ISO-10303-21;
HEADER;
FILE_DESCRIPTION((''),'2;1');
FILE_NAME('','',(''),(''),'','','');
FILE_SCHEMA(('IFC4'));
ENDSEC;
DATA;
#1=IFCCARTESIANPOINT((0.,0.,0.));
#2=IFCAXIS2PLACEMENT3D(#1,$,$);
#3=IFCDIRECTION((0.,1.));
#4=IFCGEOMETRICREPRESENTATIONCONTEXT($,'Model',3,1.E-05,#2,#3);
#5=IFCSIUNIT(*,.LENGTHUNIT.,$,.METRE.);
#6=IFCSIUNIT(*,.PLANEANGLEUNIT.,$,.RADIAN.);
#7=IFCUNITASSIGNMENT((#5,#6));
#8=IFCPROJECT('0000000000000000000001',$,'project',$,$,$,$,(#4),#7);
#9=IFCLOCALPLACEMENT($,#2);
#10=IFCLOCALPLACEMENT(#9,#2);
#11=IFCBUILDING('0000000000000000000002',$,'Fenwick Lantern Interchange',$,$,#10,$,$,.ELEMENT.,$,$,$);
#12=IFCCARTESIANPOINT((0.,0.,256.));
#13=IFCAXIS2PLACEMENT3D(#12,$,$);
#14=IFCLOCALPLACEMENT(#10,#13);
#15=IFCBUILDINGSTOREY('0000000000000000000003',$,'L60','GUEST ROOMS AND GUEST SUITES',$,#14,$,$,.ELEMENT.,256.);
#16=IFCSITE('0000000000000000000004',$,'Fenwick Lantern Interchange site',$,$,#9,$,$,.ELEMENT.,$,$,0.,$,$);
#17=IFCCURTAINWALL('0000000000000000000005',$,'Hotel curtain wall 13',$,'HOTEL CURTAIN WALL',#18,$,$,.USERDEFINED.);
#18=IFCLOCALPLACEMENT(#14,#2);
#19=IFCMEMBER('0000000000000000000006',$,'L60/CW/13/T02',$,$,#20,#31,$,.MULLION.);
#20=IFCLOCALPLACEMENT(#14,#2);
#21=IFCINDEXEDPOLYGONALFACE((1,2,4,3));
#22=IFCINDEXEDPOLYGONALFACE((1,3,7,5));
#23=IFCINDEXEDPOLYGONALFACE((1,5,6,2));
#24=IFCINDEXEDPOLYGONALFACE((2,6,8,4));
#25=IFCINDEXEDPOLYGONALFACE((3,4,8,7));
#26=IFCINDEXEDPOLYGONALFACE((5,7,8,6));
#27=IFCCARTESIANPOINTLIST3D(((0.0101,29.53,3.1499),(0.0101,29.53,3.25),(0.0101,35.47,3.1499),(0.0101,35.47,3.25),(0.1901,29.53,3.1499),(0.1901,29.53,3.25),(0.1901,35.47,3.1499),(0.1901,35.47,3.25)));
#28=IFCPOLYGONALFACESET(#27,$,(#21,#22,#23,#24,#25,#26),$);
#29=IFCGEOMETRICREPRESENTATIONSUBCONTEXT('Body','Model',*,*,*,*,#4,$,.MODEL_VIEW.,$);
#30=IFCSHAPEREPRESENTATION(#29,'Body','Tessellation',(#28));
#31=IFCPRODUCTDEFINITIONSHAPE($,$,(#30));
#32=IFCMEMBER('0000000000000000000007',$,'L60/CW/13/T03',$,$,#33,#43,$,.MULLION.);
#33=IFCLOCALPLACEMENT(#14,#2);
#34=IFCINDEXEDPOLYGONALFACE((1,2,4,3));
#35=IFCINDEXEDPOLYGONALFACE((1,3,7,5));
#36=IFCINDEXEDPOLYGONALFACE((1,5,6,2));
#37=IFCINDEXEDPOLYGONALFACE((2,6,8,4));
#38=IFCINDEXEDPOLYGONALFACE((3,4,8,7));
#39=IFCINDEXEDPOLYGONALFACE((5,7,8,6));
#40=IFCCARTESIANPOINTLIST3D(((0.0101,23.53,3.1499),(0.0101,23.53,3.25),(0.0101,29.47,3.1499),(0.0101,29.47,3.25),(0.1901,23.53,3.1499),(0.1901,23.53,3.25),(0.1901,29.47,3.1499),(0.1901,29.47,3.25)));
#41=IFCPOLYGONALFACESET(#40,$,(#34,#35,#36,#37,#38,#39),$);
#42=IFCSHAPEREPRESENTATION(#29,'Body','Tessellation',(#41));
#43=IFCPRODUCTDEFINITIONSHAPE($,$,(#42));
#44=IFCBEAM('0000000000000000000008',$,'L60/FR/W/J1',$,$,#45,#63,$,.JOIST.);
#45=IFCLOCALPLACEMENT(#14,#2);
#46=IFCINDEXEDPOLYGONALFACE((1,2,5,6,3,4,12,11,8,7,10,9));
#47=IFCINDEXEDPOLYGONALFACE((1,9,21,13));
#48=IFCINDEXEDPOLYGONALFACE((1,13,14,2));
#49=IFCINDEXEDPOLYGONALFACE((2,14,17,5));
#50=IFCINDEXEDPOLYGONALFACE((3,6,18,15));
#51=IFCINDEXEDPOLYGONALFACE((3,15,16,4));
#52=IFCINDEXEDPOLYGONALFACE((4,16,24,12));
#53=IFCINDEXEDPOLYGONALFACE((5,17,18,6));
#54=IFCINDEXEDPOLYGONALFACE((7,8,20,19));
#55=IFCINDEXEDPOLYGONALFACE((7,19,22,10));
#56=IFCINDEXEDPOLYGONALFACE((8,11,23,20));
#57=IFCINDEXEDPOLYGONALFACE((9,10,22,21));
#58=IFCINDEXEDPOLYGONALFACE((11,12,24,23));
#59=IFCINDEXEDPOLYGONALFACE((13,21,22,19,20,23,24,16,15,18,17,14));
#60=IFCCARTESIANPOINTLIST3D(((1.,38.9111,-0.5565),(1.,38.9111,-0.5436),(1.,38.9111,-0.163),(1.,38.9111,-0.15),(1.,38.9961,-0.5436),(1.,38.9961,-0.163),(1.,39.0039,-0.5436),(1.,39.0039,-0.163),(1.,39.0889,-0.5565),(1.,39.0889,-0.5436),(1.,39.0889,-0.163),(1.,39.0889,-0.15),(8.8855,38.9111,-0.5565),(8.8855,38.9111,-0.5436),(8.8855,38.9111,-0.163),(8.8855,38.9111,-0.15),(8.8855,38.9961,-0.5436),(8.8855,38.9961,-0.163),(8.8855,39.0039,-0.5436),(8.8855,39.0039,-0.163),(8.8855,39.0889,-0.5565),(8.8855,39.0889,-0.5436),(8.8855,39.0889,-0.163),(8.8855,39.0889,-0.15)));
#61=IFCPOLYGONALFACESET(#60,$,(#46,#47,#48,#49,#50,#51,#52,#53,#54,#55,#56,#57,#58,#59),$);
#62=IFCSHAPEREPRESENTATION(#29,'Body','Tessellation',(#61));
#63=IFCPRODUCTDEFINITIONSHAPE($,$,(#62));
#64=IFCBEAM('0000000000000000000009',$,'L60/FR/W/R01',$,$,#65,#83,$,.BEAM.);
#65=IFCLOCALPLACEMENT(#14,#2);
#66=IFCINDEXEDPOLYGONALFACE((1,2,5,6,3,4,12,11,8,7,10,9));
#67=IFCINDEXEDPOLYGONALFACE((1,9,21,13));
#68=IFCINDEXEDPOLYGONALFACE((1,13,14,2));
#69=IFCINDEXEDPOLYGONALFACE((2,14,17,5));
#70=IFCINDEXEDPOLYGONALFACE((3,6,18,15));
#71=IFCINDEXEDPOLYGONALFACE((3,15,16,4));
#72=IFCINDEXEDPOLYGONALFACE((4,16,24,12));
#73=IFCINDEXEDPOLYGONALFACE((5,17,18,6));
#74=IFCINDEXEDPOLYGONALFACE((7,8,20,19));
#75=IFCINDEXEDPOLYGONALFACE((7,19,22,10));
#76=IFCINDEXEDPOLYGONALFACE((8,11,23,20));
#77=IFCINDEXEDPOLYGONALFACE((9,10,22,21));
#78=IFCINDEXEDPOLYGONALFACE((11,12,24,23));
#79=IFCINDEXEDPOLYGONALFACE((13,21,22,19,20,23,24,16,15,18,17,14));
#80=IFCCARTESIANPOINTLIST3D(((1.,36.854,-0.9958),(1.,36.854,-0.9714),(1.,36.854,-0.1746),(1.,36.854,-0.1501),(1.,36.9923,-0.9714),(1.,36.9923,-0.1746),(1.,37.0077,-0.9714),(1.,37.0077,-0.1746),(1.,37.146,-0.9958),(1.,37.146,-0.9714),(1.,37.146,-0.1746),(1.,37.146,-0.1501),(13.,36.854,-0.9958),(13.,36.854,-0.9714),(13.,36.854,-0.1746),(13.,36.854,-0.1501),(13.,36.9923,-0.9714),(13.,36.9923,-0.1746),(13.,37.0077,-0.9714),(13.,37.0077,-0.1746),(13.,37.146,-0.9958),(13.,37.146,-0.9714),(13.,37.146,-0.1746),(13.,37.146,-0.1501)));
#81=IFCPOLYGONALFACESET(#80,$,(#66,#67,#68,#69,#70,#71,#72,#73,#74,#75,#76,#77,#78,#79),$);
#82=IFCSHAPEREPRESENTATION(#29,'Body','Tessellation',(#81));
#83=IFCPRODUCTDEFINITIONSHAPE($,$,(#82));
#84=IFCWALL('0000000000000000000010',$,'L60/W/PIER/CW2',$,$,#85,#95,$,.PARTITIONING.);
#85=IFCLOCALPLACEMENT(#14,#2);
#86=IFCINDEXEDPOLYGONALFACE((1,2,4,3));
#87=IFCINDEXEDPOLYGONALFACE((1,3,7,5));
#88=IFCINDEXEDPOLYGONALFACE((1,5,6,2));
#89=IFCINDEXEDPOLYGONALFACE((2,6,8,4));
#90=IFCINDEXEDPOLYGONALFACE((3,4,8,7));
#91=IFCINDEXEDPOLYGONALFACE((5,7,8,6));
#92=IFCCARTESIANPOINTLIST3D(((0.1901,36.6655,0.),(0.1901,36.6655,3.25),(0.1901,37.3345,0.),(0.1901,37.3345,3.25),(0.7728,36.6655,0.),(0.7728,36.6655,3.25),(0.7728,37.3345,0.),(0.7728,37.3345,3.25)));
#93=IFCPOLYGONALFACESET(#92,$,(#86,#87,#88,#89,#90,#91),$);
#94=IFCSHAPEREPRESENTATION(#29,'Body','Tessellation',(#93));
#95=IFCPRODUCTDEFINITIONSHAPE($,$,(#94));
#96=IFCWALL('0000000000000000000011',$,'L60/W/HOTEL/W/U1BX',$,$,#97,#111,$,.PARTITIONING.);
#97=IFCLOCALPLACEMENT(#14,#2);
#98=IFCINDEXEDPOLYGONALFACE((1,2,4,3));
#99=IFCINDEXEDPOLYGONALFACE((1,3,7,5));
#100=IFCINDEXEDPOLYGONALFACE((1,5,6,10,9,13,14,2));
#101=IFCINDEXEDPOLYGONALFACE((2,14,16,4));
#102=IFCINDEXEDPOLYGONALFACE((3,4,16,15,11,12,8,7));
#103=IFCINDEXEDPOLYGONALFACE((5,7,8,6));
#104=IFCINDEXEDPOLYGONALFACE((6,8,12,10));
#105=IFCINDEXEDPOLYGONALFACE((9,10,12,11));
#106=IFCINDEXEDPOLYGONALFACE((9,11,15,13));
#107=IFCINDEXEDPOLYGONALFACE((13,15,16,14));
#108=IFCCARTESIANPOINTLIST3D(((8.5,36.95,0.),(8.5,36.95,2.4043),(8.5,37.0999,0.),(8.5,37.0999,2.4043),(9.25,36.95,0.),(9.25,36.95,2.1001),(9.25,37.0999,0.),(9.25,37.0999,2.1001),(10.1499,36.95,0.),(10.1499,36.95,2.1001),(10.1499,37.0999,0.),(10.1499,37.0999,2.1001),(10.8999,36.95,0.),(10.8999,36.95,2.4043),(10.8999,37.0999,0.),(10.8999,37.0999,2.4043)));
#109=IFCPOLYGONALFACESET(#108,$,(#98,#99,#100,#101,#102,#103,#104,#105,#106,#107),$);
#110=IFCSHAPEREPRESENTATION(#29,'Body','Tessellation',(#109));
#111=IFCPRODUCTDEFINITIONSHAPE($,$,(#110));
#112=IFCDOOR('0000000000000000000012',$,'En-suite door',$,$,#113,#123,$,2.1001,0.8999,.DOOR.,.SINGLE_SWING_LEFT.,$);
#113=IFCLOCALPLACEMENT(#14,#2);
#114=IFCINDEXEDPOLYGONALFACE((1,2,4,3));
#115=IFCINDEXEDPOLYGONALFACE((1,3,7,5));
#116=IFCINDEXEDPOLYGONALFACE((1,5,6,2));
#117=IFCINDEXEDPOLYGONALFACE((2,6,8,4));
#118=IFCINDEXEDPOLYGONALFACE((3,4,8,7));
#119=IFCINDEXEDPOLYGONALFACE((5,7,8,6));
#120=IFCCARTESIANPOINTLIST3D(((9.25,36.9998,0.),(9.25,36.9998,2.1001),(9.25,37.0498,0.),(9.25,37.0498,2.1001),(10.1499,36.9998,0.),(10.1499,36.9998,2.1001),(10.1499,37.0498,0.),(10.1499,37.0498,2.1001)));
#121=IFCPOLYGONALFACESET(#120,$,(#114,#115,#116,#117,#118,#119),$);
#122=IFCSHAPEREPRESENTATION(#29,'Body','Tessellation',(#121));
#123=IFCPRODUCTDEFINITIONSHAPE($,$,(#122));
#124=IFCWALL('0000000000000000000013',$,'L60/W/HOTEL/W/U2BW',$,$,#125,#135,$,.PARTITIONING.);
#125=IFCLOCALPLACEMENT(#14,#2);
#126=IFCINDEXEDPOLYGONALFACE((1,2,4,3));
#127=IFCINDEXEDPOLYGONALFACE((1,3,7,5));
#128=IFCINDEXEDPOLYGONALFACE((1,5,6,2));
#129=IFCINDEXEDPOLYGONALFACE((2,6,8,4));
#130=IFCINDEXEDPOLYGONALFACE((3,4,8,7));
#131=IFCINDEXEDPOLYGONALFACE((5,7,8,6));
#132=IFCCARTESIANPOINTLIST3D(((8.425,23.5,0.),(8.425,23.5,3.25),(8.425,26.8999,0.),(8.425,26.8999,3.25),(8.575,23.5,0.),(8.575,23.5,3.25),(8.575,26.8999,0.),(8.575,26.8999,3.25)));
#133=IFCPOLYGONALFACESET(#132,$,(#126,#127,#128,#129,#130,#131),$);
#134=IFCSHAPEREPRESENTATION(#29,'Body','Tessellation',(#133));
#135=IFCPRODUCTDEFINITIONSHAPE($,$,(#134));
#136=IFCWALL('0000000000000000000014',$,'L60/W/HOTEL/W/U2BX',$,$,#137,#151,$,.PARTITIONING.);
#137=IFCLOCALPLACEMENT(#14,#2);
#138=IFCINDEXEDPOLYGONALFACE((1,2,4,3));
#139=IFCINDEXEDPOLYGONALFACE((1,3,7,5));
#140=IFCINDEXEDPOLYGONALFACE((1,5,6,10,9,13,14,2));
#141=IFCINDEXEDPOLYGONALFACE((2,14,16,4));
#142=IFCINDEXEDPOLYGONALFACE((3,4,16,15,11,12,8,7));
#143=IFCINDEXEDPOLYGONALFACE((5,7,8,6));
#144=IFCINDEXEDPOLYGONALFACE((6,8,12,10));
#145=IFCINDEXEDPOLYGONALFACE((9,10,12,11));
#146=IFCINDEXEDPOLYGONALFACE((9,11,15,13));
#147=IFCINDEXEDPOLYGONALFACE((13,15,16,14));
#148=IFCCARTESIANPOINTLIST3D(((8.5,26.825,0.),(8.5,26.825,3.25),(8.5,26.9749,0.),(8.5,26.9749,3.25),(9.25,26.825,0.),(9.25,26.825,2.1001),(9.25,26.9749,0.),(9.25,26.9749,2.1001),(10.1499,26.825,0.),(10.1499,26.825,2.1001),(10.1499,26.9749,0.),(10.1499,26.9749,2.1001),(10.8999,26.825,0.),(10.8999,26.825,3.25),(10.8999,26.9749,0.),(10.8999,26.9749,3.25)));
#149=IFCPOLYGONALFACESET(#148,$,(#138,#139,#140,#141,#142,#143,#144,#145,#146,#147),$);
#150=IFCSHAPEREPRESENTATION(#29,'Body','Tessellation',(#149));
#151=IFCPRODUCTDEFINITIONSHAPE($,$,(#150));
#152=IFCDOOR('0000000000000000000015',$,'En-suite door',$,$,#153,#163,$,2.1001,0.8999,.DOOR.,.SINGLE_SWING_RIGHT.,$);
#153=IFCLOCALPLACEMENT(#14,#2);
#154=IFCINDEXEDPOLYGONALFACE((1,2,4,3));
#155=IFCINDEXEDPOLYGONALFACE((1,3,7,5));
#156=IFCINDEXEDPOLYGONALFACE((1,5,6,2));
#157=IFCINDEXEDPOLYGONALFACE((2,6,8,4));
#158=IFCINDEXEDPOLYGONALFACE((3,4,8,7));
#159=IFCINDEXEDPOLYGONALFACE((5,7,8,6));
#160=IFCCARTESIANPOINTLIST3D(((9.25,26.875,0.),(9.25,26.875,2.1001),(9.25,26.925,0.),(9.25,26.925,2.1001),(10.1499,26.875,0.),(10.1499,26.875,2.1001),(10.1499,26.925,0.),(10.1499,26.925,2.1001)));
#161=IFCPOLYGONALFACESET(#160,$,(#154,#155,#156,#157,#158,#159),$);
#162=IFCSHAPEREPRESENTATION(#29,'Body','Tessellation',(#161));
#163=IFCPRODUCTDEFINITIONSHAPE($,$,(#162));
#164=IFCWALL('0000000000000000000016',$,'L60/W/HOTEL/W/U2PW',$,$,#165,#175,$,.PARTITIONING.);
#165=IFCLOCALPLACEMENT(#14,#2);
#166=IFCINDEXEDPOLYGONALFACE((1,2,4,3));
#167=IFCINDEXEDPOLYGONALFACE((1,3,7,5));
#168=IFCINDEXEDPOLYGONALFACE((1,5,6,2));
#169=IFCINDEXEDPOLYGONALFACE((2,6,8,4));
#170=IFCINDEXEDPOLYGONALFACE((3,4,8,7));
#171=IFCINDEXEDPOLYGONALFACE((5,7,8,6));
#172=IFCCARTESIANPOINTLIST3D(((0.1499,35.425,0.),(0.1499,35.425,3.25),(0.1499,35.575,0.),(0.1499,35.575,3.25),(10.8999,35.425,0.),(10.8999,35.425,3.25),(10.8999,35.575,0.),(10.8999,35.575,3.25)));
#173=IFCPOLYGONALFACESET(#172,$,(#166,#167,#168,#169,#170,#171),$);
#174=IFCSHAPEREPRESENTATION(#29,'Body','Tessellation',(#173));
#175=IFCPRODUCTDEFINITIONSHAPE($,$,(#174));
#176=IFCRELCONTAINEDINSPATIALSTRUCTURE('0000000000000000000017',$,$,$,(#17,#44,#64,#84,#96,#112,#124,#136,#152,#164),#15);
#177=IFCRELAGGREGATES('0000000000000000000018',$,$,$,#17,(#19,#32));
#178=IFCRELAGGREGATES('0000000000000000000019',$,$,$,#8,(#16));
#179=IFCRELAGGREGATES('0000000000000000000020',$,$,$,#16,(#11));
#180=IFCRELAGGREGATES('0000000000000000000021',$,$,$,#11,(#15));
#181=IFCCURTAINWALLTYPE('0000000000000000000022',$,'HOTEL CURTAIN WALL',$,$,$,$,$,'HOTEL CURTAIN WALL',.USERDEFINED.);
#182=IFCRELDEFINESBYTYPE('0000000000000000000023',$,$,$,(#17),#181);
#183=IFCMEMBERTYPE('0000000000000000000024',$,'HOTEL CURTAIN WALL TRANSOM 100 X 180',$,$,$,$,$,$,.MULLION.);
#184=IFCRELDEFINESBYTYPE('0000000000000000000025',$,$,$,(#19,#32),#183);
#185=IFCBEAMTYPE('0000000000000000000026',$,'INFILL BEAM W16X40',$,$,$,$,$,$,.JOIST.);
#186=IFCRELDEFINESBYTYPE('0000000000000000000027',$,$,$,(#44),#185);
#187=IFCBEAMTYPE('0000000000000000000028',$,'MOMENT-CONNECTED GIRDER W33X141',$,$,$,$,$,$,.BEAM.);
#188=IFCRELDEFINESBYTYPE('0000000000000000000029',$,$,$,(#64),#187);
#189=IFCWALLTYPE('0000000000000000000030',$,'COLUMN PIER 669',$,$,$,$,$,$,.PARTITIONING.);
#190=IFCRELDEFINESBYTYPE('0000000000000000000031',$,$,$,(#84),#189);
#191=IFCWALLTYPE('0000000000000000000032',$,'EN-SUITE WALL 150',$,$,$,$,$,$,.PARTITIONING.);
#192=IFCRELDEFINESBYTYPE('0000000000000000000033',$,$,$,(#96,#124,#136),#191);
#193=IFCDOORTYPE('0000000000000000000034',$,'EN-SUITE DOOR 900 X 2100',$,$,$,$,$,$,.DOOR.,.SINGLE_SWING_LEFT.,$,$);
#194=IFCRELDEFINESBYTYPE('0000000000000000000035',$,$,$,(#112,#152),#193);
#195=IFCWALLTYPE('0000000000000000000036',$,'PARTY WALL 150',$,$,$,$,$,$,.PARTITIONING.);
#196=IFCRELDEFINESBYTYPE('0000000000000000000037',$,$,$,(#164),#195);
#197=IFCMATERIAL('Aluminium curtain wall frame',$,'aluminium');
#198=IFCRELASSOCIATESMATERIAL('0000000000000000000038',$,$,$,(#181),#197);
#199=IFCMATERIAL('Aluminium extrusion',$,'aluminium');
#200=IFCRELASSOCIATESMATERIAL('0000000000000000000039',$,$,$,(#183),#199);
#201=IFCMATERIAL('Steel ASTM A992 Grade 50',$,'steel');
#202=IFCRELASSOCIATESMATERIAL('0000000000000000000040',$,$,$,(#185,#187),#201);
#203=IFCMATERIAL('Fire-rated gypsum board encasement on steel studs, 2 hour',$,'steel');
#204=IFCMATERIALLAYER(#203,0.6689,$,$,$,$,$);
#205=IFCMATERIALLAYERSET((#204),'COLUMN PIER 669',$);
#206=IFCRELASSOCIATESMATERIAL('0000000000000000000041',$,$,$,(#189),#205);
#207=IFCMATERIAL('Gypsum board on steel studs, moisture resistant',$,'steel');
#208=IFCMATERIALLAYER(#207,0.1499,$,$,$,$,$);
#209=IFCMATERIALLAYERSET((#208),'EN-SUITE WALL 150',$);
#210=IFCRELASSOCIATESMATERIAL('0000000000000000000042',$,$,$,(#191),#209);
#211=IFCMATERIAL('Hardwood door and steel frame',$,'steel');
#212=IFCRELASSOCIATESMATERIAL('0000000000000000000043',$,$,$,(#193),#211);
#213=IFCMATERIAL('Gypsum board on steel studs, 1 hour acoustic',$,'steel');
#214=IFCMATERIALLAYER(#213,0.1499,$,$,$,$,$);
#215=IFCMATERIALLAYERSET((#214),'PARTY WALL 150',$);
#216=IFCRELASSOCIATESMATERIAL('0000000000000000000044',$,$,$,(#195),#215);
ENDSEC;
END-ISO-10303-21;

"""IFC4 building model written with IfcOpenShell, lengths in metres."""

from ifc_helpers import new_model, si_unit, direction, frame, frame_2d, origin, origin_2d, place, context, subcontext, project, spatial, rectangle, i_section, extrude, material, layer, layer_set, material_profile, profile_set, type_object, element, fill, aggregate, save


model = new_model("IFC4")

# Units and contexts
model_context = context("Model", 3, precision=1e-05, world=origin(), true_north=direction((0.0, 1.0)))
body_context = subcontext(model_context, "Body", "Model", "MODEL_VIEW")
ifc_project = project(units=[si_unit("LENGTHUNIT", "METRE"), si_unit("PLANEANGLEUNIT", "RADIAN")], contexts=[model_context])

# Site, building, storey
site_placement = place(None, origin())
site = spatial("IfcSite", under=ifc_project, at=site_placement, Name="Fenwick Lantern Interchange site", CompositionType="ELEMENT", RefElevation=0.0)
building_placement = place(site_placement, origin())
building = spatial("IfcBuilding", under=site, at=building_placement, Name="Fenwick Lantern Interchange", CompositionType="ELEMENT")
storey_placement = place(building_placement, frame((0.0, 0.0, 256.0)))
storey = spatial("IfcBuildingStorey", under=building, at=storey_placement, Name="L60", Description="GUEST ROOMS AND GUEST SUITES", CompositionType="ELEMENT", Elevation=256.0)

# Shared definitions
ifc_material_1 = material(Name="Steel ASTM A992 Grade 50", Category="steel")

# Curtain wall, members
ifc_material_2 = material(Name="Aluminium curtain wall frame", Category="aluminium")
curtain_wall_type = type_object("IfcCurtainWallType", Name="HOTEL CURTAIN WALL", ElementType="HOTEL CURTAIN WALL", PredefinedType="USERDEFINED", material=ifc_material_2)
curtain_wall_placement = place(storey_placement, origin())
curtain_wall = element("IfcCurtainWall", 1, at=curtain_wall_placement, inside=storey, type_object=curtain_wall_type, Name="Hotel curtain wall 13", ObjectType="HOTEL CURTAIN WALL", PredefinedType="USERDEFINED")
ifc_material_3 = material(Name="Aluminium extrusion", Category="aluminium")
ifc_material_profile_1 = material_profile(ifc_material_3, rectangle(XDim=0.1799, YDim=0.1001, at=origin_2d()), Name="HOTEL CURTAIN WALL TRANSOM 100 X 180")
ifc_profile_set_1 = profile_set([ifc_material_profile_1], Name="Aluminium extrusion")
member_type_1 = type_object("IfcMemberType", Name="HOTEL CURTAIN WALL TRANSOM 100 X 180", PredefinedType="MULLION", material=ifc_profile_set_1)
member_1_placement = place(storey_placement, frame((0.1001, 35.47, 3.2), z_axis=(0.0, -1.0, 0.0), x_axis=(1.0, 0.0, 0.0)))
member_1 = element("IfcMember", 2, at=member_1_placement, type_object=member_type_1, Name="L60/CW/13/T02", PredefinedType="MULLION", context=body_context, shape_type="SweptSolid", body=[
    extrude(rectangle(XDim=0.1799, YDim=0.1001, at=origin_2d()), origin(), (0.0, 0.0, 1.0), 5.9399),
])
member_2_placement = place(storey_placement, frame((0.1001, 29.47, 3.2), z_axis=(0.0, -1.0, 0.0), x_axis=(1.0, 0.0, 0.0)))
member_2 = element("IfcMember", 3, at=member_2_placement, type_object=member_type_1, Name="L60/CW/13/T03", PredefinedType="MULLION", context=body_context, shape_type="SweptSolid", body=[
    extrude(rectangle(XDim=0.1799, YDim=0.1001, at=origin_2d()), origin(), (0.0, 0.0, 1.0), 5.9399),
])
aggregate(curtain_wall, [member_1, member_2])

# Beams
ifc_material_profile_2 = material_profile(ifc_material_1, i_section(OverallWidth=0.1777, OverallDepth=0.4065, WebThickness=0.0078, FlangeThickness=0.0129, at=origin_2d()), Name="W16X40")
ifc_profile_set_2 = profile_set([ifc_material_profile_2], Name="Steel ASTM A992 Grade 50")
beam_type_1 = type_object("IfcBeamType", Name="INFILL BEAM W16X40", PredefinedType="JOIST", material=ifc_profile_set_2)
beam_1_placement = place(storey_placement, frame((1.0, 39.0, -0.3533), z_axis=(1.0, 0.0, 0.0), x_axis=(0.0, 1.0, 0.0)))
element("IfcBeam", 4, at=beam_1_placement, inside=storey, type_object=beam_type_1, Name="L60/FR/W/J1", PredefinedType="JOIST", context=body_context, shape_type="SweptSolid", body=[
    extrude(i_section(OverallWidth=0.1777, OverallDepth=0.4065, WebThickness=0.0078, FlangeThickness=0.0129, at=origin_2d()), origin(), (0.0, 0.0, 1.0), 7.8855),
])
ifc_material_profile_3 = material_profile(ifc_material_1, i_section(OverallWidth=0.292, OverallDepth=0.8457, WebThickness=0.0154, FlangeThickness=0.0244, at=origin_2d()), Name="W33X141")
ifc_profile_set_3 = profile_set([ifc_material_profile_3], Name="Steel ASTM A992 Grade 50")
beam_type_2 = type_object("IfcBeamType", Name="MOMENT-CONNECTED GIRDER W33X141", PredefinedType="BEAM", material=ifc_profile_set_3)
beam_2_placement = place(storey_placement, frame((1.0, 37.0, -0.573), z_axis=(1.0, 0.0, 0.0), x_axis=(0.0, 1.0, 0.0)))
element("IfcBeam", 5, at=beam_2_placement, inside=storey, type_object=beam_type_2, Name="L60/FR/W/R01", PredefinedType="BEAM", context=body_context, shape_type="SweptSolid", body=[
    extrude(i_section(OverallWidth=0.292, OverallDepth=0.8457, WebThickness=0.0154, FlangeThickness=0.0244, at=origin_2d()), origin(), (0.0, 0.0, 1.0), 12.0),
])

# Wall
ifc_material_4 = material(Name="Fire-rated gypsum board encasement on steel studs, 2 hour", Category="steel")
ifc_layer_1 = layer(ifc_material_4, 0.6689)
ifc_layer_set_1 = layer_set([ifc_layer_1], Name="COLUMN PIER 669")
wall_type_1 = type_object("IfcWallType", Name="COLUMN PIER 669", PredefinedType="PARTITIONING", material=ifc_layer_set_1)
wall_1_placement = place(storey_placement, frame((0.1899, 37.0, 0.0), z_axis=(0.0, 0.0, 1.0), x_axis=(1.0, 0.0, 0.0)))
element("IfcWall", 6, at=wall_1_placement, inside=storey, type_object=wall_type_1, Name="L60/W/PIER/CW2", PredefinedType="PARTITIONING", context=body_context, shape_type="SweptSolid", body=[
    extrude(rectangle(XDim=0.5828, YDim=0.6689, at=frame_2d((0.2915, 0.0))), origin(), (0.0, 0.0, 1.0), 3.25),
])

# Wall, opening, door
ifc_material_5 = material(Name="Gypsum board on steel studs, moisture resistant", Category="steel")
ifc_layer_2 = layer(ifc_material_5, 0.1499)
ifc_layer_set_2 = layer_set([ifc_layer_2], Name="EN-SUITE WALL 150")
wall_type_2 = type_object("IfcWallType", Name="EN-SUITE WALL 150", PredefinedType="PARTITIONING", material=ifc_layer_set_2)
wall_2_placement = place(storey_placement, frame((8.5, 37.0249, 0.0), z_axis=(0.0, 0.0, 1.0), x_axis=(1.0, 0.0, 0.0)))
wall_2 = element("IfcWall", 7, at=wall_2_placement, inside=storey, type_object=wall_type_2, Name="L60/W/HOTEL/W/U1BX", PredefinedType="PARTITIONING", context=body_context, shape_type="SweptSolid", body=[
    extrude(rectangle(XDim=2.3999, YDim=0.1499, at=frame_2d((1.2, 0.0))), origin(), (0.0, 0.0, 1.0), 2.4043),
])
opening_1_placement = place(wall_2_placement, frame((0.75, 0.0, 0.0)))
opening_1 = element("IfcOpeningElement", 8, at=opening_1_placement, cuts=wall_2, PredefinedType="OPENING", context=body_context, shape_type="SweptSolid", body=[
    extrude(rectangle(XDim=0.8999, YDim=2.1001, at=frame_2d((0.45, 1.05))), frame((0.0, 0.085, 0.0), z_axis=(0.0, -1.0, 0.0), x_axis=(1.0, 0.0, 0.0)), (0.0, 0.0, 1.0), 0.1699),
])
ifc_material_6 = material(Name="Hardwood door and steel frame", Category="steel")
door_type = type_object("IfcDoorType", Name="EN-SUITE DOOR 900 X 2100", OperationType="SINGLE_SWING_LEFT", PredefinedType="DOOR", material=ifc_material_6)
door_1_placement = place(opening_1_placement, origin())
door_1 = element("IfcDoor", 9, at=door_1_placement, inside=storey, type_object=door_type, Name="En-suite door", OperationType="SINGLE_SWING_LEFT", OverallHeight=2.1001, OverallWidth=0.8999, PredefinedType="DOOR", context=body_context, shape_type="SweptSolid", body=[
    extrude(rectangle(XDim=0.8999, YDim=2.1001, at=frame_2d((0.45, 1.05))), frame((0.0, 0.0249, 0.0), z_axis=(0.0, -1.0, 0.0), x_axis=(1.0, 0.0, 0.0)), (0.0, 0.0, 1.0), 0.05),
])
fill(opening_1, door_1)

# Wall
wall_3_placement = place(storey_placement, frame((8.5, 26.8999, 0.0), z_axis=(0.0, 0.0, 1.0), x_axis=(0.0, -1.0, 0.0)))
element("IfcWall", 10, at=wall_3_placement, inside=storey, type_object=wall_type_2, Name="L60/W/HOTEL/W/U2BW", PredefinedType="PARTITIONING", context=body_context, shape_type="SweptSolid", body=[
    extrude(rectangle(XDim=3.3999, YDim=0.1499, at=frame_2d((1.7, 0.0))), origin(), (0.0, 0.0, 1.0), 3.25),
])

# Wall, opening, door
wall_4_placement = place(storey_placement, frame((8.5, 26.8999, 0.0), z_axis=(0.0, 0.0, 1.0), x_axis=(1.0, 0.0, 0.0)))
wall_4 = element("IfcWall", 11, at=wall_4_placement, inside=storey, type_object=wall_type_2, Name="L60/W/HOTEL/W/U2BX", PredefinedType="PARTITIONING", context=body_context, shape_type="SweptSolid", body=[
    extrude(rectangle(XDim=2.3999, YDim=0.1499, at=frame_2d((1.2, 0.0))), origin(), (0.0, 0.0, 1.0), 3.25),
])
opening_2_placement = place(wall_4_placement, frame((0.75, 0.0, 0.0)))
opening_2 = element("IfcOpeningElement", 12, at=opening_2_placement, cuts=wall_4, PredefinedType="OPENING", context=body_context, shape_type="SweptSolid", body=[
    extrude(rectangle(XDim=0.8999, YDim=2.1001, at=frame_2d((0.45, 1.05))), frame((0.0, 0.085, 0.0), z_axis=(0.0, -1.0, 0.0), x_axis=(1.0, 0.0, 0.0)), (0.0, 0.0, 1.0), 0.1699),
])
door_2_placement = place(opening_2_placement, frame((0.8999, 0.0, 0.0), z_axis=(0.0, 0.0, 1.0), x_axis=(-1.0, 0.0, 0.0)))
door_2 = element("IfcDoor", 13, at=door_2_placement, inside=storey, type_object=door_type, Name="En-suite door", OperationType="SINGLE_SWING_RIGHT", OverallHeight=2.1001, OverallWidth=0.8999, PredefinedType="DOOR", context=body_context, shape_type="SweptSolid", body=[
    extrude(rectangle(XDim=0.8999, YDim=2.1001, at=frame_2d((0.45, 1.05))), frame((0.0, 0.0249, 0.0), z_axis=(0.0, -1.0, 0.0), x_axis=(1.0, 0.0, 0.0)), (0.0, 0.0, 1.0), 0.05),
])
fill(opening_2, door_2)

# Wall
ifc_material_7 = material(Name="Gypsum board on steel studs, 1 hour acoustic", Category="steel")
ifc_layer_3 = layer(ifc_material_7, 0.1499)
ifc_layer_set_3 = layer_set([ifc_layer_3], Name="PARTY WALL 150")
wall_type_3 = type_object("IfcWallType", Name="PARTY WALL 150", PredefinedType="PARTITIONING", material=ifc_layer_set_3)
wall_5_placement = place(storey_placement, frame((0.1499, 35.5, 0.0), z_axis=(0.0, 0.0, 1.0), x_axis=(1.0, 0.0, 0.0)))
element("IfcWall", 14, at=wall_5_placement, inside=storey, type_object=wall_type_3, Name="L60/W/HOTEL/W/U2PW", PredefinedType="PARTITIONING", context=body_context, shape_type="SweptSolid", body=[
    extrude(rectangle(XDim=10.75, YDim=0.1499, at=frame_2d((5.375, 0.0))), origin(), (0.0, 0.0, 1.0), 3.25),
])

save(model, "model.ifc")
